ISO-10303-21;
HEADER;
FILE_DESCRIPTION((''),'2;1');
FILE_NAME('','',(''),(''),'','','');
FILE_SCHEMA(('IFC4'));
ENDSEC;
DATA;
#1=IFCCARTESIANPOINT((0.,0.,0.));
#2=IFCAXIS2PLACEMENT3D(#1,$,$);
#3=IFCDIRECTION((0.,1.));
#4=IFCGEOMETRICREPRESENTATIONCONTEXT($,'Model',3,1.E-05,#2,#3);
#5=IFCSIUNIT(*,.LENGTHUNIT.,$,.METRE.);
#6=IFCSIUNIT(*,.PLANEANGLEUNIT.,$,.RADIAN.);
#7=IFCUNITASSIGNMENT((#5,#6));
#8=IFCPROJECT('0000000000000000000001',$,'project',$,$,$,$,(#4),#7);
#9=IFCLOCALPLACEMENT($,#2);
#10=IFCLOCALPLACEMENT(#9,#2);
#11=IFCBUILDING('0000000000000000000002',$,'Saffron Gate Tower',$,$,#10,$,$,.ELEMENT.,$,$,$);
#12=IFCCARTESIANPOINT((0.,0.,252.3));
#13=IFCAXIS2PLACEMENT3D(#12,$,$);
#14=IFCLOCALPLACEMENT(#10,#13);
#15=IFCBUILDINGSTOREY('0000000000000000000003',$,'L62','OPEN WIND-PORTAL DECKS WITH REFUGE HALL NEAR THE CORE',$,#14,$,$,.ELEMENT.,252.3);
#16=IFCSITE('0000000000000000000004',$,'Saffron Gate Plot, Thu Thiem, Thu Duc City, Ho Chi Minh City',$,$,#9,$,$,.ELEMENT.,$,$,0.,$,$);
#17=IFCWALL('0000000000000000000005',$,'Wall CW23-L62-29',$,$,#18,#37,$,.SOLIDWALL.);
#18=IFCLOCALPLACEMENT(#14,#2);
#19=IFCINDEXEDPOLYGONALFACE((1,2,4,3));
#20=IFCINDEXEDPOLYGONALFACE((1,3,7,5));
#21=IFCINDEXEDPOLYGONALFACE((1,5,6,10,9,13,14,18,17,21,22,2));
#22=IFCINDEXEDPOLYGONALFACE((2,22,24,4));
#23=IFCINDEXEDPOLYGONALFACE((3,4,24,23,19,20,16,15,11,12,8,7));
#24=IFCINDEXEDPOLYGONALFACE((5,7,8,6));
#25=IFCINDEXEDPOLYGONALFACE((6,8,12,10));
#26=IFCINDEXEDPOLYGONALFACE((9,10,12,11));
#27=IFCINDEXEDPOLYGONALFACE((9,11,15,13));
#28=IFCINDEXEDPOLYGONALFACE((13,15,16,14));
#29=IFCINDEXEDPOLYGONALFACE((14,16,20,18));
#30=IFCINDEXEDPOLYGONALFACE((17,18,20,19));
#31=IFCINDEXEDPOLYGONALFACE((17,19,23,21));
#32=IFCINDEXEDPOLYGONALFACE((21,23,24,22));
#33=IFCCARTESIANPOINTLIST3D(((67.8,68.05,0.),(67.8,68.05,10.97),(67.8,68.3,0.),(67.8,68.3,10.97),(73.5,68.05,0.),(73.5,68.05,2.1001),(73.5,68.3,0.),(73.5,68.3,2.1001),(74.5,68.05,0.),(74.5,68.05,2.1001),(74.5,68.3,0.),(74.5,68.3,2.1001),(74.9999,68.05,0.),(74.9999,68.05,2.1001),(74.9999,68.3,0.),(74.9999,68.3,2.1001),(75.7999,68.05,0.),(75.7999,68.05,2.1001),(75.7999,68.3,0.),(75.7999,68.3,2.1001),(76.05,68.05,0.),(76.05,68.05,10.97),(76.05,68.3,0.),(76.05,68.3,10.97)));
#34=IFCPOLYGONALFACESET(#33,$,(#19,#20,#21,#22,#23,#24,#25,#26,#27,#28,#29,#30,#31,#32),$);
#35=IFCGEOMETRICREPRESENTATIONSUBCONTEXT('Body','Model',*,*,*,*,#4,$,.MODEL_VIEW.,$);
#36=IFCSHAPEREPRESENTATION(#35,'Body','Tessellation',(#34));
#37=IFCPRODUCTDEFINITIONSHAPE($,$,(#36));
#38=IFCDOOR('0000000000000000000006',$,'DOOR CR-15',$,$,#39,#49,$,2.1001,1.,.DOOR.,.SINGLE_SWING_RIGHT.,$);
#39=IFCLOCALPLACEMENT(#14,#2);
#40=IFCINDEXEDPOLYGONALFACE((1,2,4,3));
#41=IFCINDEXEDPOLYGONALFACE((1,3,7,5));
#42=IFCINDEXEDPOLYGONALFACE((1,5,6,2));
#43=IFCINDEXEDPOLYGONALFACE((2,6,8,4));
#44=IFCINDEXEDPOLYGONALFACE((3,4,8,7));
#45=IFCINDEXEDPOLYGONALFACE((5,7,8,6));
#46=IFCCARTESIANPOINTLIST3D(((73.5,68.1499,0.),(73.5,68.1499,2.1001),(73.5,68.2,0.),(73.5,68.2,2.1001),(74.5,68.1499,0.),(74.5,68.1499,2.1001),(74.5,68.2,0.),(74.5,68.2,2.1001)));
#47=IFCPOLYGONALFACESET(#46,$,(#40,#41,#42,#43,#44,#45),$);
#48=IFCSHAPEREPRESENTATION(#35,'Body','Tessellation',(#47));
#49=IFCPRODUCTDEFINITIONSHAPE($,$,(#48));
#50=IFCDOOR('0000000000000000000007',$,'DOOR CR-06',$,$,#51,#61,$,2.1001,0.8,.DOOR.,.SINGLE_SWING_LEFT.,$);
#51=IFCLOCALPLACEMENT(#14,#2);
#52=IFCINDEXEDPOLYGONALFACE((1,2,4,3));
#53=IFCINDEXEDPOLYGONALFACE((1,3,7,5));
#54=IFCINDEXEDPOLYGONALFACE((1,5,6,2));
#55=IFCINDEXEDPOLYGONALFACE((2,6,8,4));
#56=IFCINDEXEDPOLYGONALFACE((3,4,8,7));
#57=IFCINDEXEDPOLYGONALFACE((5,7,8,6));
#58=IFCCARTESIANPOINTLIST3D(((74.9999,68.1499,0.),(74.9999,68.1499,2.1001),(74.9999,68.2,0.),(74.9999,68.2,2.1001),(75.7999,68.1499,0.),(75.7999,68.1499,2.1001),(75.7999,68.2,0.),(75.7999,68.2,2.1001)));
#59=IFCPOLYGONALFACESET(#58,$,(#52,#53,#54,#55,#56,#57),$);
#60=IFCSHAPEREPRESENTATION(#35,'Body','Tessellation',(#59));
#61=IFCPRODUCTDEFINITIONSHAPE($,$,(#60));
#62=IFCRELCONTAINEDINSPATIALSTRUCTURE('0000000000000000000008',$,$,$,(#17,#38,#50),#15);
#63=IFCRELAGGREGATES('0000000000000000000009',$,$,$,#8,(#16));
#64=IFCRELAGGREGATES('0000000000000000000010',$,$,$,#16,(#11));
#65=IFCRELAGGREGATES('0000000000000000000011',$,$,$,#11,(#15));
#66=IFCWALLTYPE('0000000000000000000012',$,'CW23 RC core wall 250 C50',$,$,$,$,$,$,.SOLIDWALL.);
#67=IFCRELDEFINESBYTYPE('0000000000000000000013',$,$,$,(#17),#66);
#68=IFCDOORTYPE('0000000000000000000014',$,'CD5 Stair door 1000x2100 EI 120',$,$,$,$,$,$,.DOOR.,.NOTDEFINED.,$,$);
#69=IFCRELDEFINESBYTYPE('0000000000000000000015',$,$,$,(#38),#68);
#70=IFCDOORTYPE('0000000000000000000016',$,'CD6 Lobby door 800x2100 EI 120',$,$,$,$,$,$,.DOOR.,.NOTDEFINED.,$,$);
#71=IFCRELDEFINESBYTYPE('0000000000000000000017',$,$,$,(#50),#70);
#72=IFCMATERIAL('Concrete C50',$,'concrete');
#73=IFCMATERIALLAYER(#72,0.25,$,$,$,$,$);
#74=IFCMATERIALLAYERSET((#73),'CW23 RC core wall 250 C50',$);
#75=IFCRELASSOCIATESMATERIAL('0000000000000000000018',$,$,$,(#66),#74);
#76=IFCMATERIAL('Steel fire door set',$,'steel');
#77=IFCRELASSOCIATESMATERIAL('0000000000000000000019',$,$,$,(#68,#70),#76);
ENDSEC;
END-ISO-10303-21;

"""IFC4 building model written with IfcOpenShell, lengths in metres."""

from ifc_helpers import new_model, si_unit, direction, frame, frame_2d, origin, place, context, subcontext, project, spatial, rectangle, extrude, material, layer, layer_set, type_object, element, fill, save


model = new_model("IFC4")

# Units and contexts
model_context = context("Model", 3, precision=1e-05, world=origin(), true_north=direction((0.0, 1.0)))
body_context = subcontext(model_context, "Body", "Model", "MODEL_VIEW")
ifc_project = project(units=[si_unit("LENGTHUNIT", "METRE"), si_unit("PLANEANGLEUNIT", "RADIAN")], contexts=[model_context])

# Site, building, storey
site_placement = place(None, origin())
site = spatial("IfcSite", under=ifc_project, at=site_placement, Name="Saffron Gate Plot, Thu Thiem, Thu Duc City, Ho Chi Minh City", CompositionType="ELEMENT", RefElevation=0.0)
building_placement = place(site_placement, origin())
building = spatial("IfcBuilding", under=site, at=building_placement, Name="Saffron Gate Tower", CompositionType="ELEMENT")
storey_placement = place(building_placement, frame((0.0, 0.0, 252.3)))
storey = spatial("IfcBuildingStorey", under=building, at=storey_placement, Name="L62", Description="OPEN WIND-PORTAL DECKS WITH REFUGE HALL NEAR THE CORE", CompositionType="ELEMENT", Elevation=252.3)

# Shared definitions
ifc_material_1 = material(Name="Concrete C50", Category="concrete")

# Wall, openings, doors
ifc_layer_1 = layer(ifc_material_1, 0.25)
ifc_layer_set_1 = layer_set([ifc_layer_1], Name="CW23 RC core wall 250 C50")
wall_type_1 = type_object("IfcWallType", Name="CW23 RC core wall 250 C50", PredefinedType="SOLIDWALL", material=ifc_layer_set_1)
wall_1_placement = place(storey_placement, frame((67.8, 68.175, 0.0), z_axis=(0.0, 0.0, 1.0), x_axis=(1.0, 0.0, 0.0)))
wall_1 = element("IfcWall", 1, at=wall_1_placement, inside=storey, type_object=wall_type_1, Name="Wall CW23-L62-29", PredefinedType="SOLIDWALL", context=body_context, shape_type="SweptSolid", body=[
    extrude(rectangle(XDim=8.25, YDim=0.25, at=frame_2d((4.125, 0.0))), origin(), (0.0, 0.0, 1.0), 10.97),
])
opening_1_placement = place(wall_1_placement, frame((5.7, 0.0, 0.0)))
opening_1 = element("IfcOpeningElement", 2, at=opening_1_placement, cuts=wall_1, PredefinedType="OPENING", context=body_context, shape_type="SweptSolid", body=[
    extrude(rectangle(XDim=1.0, YDim=2.1001, at=frame_2d((0.5, 1.05))), frame((0.0, 0.135, 0.0), z_axis=(0.0, -1.0, 0.0), x_axis=(1.0, 0.0, 0.0)), (0.0, 0.0, 1.0), 0.27),
])
opening_2_placement = place(wall_1_placement, frame((7.2, 0.0, 0.0)))
opening_2 = element("IfcOpeningElement", 3, at=opening_2_placement, cuts=wall_1, PredefinedType="OPENING", context=body_context, shape_type="SweptSolid", body=[
    extrude(rectangle(XDim=0.8, YDim=2.1001, at=frame_2d((0.3999, 1.05))), frame((0.0, 0.135, 0.0), z_axis=(0.0, -1.0, 0.0), x_axis=(1.0, 0.0, 0.0)), (0.0, 0.0, 1.0), 0.27),
])
ifc_material_2 = material(Name="Steel fire door set", Category="steel")
door_type_1 = type_object("IfcDoorType", Name="CD5 Stair door 1000x2100 EI 120", OperationType="NOTDEFINED", PredefinedType="DOOR", material=ifc_material_2)
door_1_placement = place(opening_1_placement, origin())
door_1 = element("IfcDoor", 4, at=door_1_placement, inside=storey, type_object=door_type_1, Name="DOOR CR-15", OperationType="SINGLE_SWING_RIGHT", OverallHeight=2.1001, OverallWidth=1.0, PredefinedType="DOOR", context=body_context, shape_type="SweptSolid", body=[
    extrude(rectangle(XDim=1.0, YDim=2.1001, at=frame_2d((0.5, 1.05))), frame((0.0, 0.0249, 0.0), z_axis=(0.0, -1.0, 0.0), x_axis=(1.0, 0.0, 0.0)), (0.0, 0.0, 1.0), 0.05),
])
fill(opening_1, door_1)
door_type_2 = type_object("IfcDoorType", Name="CD6 Lobby door 800x2100 EI 120", OperationType="NOTDEFINED", PredefinedType="DOOR", material=ifc_material_2)
door_2_placement = place(opening_2_placement, origin())
door_2 = element("IfcDoor", 5, at=door_2_placement, inside=storey, type_object=door_type_2, Name="DOOR CR-06", OperationType="SINGLE_SWING_LEFT", OverallHeight=2.1001, OverallWidth=0.8, PredefinedType="DOOR", context=body_context, shape_type="SweptSolid", body=[
    extrude(rectangle(XDim=0.8, YDim=2.1001, at=frame_2d((0.3999, 1.05))), frame((0.0, 0.0249, 0.0), z_axis=(0.0, -1.0, 0.0), x_axis=(1.0, 0.0, 0.0)), (0.0, 0.0, 1.0), 0.05),
])
fill(opening_2, door_2)

save(model, "model.ifc")
